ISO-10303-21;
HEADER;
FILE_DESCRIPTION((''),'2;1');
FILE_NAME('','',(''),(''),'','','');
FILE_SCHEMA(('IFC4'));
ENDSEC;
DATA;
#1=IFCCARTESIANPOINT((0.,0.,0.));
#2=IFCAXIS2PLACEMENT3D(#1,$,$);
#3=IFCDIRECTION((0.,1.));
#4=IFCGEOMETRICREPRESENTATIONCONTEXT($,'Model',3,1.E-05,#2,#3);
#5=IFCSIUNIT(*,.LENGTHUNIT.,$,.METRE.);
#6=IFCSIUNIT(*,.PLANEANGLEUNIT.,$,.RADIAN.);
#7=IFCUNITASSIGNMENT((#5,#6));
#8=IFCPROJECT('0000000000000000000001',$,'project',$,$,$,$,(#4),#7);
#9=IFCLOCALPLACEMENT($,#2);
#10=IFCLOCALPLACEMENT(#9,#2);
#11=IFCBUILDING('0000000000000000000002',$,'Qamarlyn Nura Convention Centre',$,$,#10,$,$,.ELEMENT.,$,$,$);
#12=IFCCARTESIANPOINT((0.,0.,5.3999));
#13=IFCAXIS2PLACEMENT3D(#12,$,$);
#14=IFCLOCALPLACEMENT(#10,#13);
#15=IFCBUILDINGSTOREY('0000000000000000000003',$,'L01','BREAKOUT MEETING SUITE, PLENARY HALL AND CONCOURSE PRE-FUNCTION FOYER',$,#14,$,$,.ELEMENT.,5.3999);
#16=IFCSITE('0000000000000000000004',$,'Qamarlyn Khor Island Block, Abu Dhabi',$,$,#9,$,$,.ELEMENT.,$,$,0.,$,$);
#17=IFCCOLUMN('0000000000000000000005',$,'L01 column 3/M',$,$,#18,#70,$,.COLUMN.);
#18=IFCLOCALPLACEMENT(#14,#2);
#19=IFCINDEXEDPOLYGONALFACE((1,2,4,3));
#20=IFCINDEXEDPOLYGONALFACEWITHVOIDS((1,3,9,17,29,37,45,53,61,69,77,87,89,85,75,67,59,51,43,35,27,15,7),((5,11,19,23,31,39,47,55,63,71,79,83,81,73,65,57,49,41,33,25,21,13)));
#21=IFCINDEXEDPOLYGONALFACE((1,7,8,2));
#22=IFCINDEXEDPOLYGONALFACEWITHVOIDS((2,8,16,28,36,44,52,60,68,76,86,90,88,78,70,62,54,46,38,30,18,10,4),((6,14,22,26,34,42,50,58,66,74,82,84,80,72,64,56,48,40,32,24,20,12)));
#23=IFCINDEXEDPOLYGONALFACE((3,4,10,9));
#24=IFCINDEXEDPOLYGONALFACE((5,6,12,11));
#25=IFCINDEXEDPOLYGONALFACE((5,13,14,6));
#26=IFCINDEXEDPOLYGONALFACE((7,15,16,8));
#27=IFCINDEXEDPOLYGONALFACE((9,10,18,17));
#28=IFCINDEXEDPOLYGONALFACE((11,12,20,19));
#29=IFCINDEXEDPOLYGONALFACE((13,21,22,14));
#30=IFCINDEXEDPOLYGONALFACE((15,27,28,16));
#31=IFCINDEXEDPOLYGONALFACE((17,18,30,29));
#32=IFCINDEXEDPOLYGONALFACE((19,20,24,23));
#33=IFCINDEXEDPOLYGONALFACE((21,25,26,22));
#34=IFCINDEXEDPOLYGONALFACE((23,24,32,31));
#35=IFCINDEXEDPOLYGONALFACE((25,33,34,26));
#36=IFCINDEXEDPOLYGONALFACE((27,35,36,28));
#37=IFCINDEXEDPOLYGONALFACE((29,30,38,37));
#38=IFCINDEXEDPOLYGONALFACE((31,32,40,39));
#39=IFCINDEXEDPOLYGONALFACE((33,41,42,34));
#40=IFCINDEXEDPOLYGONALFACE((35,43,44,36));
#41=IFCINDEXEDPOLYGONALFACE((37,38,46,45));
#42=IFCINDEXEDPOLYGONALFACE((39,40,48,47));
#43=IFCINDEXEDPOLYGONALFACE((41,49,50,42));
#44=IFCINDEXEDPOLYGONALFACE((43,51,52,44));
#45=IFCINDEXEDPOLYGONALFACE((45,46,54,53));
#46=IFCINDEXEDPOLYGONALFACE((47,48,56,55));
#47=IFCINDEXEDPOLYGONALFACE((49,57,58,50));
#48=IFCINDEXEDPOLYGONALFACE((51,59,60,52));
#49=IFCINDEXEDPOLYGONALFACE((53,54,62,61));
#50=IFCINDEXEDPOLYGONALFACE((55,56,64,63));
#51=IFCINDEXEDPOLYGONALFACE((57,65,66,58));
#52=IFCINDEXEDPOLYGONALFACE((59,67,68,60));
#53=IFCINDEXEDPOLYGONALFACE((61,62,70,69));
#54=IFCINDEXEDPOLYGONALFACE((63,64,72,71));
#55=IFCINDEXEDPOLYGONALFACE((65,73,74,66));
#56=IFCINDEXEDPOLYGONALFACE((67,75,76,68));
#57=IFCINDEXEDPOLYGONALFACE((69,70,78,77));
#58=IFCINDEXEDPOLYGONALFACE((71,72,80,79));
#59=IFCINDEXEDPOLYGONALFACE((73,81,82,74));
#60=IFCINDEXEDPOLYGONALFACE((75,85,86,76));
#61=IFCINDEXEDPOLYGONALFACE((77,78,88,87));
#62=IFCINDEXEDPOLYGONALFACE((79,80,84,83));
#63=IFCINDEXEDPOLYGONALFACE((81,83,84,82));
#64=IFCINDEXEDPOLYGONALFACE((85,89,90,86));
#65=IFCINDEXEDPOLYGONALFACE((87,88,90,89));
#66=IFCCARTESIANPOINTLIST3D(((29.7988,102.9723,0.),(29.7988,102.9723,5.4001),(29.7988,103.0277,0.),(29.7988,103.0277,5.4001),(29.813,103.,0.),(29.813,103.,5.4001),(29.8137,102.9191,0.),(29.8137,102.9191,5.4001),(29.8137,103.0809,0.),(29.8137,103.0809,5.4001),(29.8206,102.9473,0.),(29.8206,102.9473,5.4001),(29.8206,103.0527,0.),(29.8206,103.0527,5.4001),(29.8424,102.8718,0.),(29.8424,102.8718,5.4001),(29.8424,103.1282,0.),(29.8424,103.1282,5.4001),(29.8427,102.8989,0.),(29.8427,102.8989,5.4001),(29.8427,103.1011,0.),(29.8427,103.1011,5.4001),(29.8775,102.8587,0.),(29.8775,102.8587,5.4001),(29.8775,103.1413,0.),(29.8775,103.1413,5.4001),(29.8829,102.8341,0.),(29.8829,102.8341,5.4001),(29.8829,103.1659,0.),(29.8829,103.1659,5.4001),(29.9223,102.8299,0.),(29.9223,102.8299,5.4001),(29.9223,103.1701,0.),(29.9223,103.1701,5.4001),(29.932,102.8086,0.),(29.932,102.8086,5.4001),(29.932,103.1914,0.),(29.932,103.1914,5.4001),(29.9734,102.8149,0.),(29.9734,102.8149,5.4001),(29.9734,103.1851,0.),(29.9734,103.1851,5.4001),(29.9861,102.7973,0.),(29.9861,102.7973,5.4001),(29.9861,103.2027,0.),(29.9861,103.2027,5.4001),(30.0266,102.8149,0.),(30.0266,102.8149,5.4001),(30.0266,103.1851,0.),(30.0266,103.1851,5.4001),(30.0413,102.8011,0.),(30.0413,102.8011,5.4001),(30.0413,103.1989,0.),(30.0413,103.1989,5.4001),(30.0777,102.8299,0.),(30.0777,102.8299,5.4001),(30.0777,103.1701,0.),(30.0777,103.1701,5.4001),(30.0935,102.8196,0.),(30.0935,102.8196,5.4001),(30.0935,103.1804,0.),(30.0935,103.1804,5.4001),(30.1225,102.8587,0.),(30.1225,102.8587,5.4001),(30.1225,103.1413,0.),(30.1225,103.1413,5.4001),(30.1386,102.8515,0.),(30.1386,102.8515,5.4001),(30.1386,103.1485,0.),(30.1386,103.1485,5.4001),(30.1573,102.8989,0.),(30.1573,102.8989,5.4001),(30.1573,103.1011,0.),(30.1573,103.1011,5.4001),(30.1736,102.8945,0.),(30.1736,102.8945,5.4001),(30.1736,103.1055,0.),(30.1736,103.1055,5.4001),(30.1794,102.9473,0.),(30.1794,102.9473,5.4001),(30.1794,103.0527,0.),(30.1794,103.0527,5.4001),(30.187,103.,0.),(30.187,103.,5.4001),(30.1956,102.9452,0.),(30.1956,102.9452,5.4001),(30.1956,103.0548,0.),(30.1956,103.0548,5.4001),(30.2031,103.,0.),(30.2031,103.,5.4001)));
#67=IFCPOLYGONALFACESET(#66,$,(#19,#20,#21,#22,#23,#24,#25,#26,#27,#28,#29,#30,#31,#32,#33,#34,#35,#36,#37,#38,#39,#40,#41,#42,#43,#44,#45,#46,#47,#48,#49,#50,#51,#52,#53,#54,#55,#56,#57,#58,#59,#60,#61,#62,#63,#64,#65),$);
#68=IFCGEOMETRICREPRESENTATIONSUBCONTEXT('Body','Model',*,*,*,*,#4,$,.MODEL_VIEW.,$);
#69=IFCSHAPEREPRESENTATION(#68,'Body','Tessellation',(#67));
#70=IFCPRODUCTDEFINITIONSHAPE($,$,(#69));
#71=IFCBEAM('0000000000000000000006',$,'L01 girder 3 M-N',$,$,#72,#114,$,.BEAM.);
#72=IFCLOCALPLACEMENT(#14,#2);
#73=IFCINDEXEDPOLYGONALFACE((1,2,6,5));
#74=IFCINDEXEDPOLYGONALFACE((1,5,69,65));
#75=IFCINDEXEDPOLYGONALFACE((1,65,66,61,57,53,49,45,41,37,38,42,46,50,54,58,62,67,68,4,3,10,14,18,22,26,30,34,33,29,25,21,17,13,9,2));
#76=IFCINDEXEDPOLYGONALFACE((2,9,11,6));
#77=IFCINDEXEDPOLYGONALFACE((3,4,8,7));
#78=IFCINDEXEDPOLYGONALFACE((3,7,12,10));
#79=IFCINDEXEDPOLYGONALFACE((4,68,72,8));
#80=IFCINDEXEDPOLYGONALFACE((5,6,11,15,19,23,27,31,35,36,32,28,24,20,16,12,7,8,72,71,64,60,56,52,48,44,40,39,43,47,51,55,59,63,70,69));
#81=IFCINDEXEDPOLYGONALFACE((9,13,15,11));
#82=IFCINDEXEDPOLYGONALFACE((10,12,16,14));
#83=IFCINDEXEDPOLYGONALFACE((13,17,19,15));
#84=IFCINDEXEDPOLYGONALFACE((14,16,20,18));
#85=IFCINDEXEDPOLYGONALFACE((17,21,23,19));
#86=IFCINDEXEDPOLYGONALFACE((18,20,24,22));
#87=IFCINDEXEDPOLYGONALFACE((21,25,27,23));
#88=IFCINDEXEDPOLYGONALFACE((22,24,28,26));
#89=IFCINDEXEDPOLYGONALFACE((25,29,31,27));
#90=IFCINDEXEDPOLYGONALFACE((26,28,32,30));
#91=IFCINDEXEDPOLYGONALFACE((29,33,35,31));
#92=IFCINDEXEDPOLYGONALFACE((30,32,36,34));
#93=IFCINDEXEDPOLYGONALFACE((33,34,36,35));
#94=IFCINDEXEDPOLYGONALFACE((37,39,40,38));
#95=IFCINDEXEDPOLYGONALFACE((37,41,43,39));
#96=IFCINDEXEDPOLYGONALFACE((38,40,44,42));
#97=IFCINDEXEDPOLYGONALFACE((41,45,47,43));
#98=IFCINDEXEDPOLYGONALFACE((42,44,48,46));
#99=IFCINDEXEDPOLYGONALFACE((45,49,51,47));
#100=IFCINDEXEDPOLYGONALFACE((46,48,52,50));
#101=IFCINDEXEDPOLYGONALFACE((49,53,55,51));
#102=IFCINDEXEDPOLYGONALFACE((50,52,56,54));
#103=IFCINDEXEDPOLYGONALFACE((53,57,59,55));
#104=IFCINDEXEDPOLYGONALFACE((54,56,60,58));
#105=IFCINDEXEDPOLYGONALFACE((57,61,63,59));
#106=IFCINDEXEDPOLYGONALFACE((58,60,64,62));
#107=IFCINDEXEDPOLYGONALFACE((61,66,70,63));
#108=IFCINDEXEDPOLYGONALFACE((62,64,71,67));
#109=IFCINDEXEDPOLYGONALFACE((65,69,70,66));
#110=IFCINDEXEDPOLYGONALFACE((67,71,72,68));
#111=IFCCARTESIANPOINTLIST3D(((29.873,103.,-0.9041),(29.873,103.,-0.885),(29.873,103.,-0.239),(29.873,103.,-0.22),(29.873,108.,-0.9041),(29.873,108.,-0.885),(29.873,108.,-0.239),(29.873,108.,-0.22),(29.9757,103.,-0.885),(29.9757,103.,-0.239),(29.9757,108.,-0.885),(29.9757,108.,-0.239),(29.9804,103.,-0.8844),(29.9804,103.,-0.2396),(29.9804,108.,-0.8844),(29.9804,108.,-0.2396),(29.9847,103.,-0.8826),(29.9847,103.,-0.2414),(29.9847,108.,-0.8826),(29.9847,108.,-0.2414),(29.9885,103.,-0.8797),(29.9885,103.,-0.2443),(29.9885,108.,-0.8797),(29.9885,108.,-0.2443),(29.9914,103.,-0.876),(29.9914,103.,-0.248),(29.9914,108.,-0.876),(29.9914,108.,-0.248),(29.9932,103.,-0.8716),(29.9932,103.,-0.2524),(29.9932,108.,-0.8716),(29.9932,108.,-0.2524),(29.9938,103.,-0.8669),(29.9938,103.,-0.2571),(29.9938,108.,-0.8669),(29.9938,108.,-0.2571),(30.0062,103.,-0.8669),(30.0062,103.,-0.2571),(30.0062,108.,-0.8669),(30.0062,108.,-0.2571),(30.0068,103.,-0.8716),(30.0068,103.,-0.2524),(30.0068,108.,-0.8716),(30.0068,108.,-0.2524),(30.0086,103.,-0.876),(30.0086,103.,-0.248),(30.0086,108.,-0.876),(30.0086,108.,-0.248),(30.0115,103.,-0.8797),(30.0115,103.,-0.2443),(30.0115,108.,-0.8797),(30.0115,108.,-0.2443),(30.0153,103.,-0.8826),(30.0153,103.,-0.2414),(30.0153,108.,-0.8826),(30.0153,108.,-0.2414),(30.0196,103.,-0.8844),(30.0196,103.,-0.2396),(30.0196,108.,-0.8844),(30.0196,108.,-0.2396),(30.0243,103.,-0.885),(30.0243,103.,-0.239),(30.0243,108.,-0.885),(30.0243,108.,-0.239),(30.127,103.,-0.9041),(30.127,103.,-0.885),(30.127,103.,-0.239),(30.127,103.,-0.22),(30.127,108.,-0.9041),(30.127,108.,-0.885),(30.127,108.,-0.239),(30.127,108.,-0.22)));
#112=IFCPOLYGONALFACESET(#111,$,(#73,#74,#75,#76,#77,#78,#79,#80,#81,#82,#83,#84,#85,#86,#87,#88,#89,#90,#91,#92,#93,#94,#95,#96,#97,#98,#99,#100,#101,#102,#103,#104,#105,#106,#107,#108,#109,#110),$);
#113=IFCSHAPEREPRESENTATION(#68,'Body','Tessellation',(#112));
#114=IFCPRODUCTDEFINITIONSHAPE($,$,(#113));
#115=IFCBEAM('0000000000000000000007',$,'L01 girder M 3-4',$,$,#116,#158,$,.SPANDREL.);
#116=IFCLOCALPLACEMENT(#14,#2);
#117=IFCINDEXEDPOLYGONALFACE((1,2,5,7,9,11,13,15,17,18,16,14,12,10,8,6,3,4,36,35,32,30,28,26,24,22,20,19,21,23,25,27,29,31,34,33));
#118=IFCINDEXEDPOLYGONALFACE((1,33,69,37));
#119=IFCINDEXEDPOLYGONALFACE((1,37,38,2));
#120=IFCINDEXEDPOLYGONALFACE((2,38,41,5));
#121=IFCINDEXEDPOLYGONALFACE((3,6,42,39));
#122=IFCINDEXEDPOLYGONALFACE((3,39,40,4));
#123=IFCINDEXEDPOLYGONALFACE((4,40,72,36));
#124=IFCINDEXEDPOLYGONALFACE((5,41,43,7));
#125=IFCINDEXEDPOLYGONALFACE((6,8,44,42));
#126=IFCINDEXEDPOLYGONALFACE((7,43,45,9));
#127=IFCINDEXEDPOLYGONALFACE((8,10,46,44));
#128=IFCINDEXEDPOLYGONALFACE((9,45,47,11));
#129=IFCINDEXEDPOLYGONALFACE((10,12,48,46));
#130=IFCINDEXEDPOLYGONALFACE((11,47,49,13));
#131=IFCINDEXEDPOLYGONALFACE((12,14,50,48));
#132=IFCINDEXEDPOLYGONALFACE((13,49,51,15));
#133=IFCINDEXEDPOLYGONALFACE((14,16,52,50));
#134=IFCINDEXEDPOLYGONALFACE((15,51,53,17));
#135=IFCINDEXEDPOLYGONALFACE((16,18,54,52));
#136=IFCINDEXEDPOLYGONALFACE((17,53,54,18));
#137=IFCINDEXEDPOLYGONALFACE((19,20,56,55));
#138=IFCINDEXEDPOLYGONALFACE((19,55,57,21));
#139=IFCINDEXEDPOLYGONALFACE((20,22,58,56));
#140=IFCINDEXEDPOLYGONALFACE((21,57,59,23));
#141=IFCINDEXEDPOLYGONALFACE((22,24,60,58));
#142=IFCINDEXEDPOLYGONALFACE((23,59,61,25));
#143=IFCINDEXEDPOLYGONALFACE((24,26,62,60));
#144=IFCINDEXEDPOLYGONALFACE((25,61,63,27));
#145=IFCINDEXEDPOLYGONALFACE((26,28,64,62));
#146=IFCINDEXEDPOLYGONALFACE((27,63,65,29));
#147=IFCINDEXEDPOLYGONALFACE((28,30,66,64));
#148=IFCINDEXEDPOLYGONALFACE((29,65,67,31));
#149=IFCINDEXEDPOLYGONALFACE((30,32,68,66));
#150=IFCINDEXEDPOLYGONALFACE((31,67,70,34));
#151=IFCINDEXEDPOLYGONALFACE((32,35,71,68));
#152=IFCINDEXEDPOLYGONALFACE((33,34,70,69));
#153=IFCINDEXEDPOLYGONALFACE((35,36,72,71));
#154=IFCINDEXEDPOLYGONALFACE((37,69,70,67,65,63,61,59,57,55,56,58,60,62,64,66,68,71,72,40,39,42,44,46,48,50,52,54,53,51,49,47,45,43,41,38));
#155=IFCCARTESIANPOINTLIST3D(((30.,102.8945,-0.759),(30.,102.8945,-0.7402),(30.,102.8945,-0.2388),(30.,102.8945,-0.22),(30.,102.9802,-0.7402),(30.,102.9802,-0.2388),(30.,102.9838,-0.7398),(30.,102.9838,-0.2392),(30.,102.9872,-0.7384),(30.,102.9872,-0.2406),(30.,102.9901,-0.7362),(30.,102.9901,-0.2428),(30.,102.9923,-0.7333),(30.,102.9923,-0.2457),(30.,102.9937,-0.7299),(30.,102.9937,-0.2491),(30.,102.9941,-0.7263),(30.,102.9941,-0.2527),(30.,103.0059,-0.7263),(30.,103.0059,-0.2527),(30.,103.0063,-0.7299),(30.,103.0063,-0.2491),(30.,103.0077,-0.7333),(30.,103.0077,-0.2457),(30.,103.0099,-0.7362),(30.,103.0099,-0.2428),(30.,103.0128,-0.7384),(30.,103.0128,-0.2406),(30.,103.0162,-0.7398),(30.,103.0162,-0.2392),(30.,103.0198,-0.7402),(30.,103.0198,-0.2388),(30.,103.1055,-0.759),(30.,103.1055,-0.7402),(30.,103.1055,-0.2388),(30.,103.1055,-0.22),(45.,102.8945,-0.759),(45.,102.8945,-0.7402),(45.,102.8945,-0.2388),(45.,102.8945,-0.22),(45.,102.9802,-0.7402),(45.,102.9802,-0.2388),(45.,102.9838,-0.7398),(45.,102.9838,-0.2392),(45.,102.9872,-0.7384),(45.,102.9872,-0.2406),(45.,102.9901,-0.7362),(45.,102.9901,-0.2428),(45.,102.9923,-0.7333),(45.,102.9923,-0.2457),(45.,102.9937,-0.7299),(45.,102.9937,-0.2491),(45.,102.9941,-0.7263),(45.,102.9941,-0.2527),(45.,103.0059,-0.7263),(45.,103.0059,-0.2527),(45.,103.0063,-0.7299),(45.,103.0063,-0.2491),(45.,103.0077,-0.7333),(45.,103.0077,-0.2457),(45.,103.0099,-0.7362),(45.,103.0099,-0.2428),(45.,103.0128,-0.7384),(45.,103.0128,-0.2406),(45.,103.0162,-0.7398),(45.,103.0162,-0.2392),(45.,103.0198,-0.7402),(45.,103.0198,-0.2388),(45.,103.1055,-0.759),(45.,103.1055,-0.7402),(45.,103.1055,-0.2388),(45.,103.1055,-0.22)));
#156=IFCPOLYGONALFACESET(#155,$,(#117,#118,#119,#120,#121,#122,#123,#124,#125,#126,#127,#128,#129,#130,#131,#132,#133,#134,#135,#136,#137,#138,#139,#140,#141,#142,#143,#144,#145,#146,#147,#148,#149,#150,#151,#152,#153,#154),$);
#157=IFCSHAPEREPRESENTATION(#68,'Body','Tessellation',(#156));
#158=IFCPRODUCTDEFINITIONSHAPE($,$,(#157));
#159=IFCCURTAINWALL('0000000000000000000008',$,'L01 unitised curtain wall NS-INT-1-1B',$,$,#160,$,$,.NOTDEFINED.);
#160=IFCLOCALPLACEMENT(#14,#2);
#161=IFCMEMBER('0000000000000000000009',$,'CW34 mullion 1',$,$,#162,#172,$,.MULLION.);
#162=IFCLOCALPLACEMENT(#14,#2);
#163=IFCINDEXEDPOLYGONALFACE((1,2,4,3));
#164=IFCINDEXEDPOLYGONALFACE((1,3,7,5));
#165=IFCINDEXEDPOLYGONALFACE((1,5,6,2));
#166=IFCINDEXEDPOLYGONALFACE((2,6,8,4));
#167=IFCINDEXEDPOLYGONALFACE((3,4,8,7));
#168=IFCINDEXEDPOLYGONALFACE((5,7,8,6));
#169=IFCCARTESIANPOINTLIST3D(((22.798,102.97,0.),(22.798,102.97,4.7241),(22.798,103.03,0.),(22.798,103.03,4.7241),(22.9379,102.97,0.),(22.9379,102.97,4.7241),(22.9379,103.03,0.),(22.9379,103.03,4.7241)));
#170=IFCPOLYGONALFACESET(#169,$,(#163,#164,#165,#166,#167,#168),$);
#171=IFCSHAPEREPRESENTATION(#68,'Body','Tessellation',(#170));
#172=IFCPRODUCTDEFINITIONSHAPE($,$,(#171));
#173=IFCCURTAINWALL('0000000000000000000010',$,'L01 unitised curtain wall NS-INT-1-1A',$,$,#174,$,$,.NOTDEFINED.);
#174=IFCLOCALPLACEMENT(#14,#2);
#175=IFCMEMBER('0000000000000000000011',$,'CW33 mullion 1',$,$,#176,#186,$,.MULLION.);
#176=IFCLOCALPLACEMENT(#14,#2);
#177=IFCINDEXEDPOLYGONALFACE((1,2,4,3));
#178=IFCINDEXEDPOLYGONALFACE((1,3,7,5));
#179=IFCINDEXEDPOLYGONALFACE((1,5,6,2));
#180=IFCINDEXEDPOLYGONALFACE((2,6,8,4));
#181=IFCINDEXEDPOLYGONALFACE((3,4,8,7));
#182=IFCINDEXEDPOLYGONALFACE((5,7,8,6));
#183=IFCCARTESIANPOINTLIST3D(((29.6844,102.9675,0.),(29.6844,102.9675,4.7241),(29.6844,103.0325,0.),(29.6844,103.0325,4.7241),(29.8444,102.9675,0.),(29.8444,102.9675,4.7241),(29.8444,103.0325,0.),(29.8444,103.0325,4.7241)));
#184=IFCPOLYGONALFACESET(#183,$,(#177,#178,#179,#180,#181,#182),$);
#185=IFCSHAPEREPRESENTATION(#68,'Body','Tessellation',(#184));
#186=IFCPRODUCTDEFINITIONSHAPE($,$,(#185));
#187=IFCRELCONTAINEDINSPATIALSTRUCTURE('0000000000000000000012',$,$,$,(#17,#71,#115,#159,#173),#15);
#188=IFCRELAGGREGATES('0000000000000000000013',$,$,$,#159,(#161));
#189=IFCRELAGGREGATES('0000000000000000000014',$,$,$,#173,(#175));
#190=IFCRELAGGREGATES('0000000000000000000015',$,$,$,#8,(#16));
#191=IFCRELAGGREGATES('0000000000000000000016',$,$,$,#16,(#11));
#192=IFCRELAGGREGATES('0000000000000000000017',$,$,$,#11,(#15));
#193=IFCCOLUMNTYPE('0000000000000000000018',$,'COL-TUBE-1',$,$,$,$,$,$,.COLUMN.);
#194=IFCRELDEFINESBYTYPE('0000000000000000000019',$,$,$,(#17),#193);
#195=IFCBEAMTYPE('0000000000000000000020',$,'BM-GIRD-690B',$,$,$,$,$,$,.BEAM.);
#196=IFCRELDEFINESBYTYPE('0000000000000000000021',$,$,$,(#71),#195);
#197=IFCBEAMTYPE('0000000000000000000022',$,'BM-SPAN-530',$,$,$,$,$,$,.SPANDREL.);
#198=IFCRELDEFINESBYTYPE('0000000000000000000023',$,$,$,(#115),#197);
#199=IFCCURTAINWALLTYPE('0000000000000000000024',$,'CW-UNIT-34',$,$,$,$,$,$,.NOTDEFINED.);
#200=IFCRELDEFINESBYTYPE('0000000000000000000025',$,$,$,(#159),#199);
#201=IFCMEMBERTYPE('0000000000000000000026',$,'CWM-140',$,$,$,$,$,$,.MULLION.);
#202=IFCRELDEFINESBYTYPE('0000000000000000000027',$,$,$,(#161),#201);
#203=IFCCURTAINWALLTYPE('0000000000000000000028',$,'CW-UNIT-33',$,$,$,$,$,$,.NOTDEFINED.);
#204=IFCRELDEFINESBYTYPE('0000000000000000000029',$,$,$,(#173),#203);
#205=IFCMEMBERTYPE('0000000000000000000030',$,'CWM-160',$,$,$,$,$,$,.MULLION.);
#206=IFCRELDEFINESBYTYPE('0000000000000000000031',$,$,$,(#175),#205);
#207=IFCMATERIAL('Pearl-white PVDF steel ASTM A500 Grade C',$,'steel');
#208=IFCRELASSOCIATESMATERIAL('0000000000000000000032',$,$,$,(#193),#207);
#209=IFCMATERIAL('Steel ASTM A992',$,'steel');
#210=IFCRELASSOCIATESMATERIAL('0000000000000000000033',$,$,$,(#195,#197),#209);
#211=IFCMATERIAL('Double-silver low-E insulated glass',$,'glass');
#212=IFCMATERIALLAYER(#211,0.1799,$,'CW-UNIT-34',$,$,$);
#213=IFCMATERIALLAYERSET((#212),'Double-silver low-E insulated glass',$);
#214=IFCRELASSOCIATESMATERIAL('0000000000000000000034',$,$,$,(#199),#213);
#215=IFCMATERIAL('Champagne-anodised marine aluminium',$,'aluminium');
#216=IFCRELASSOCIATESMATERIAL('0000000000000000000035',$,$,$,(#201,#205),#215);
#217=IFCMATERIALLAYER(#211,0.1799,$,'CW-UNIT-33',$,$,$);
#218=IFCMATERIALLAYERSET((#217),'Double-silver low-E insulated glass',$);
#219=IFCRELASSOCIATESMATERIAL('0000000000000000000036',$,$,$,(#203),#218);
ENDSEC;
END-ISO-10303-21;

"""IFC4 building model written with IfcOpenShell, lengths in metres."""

from ifc_helpers import new_model, si_unit, direction, frame, origin, origin_2d, place, context, subcontext, project, spatial, rectangle, hollow_circle, i_section, extrude, material, layer, layer_set, material_profile, profile_set, type_object, element, aggregate, save


model = new_model("IFC4")

# Units and contexts
model_context = context("Model", 3, precision=1e-05, world=origin(), true_north=direction((0.0, 1.0)))
body_context = subcontext(model_context, "Body", "Model", "MODEL_VIEW")
ifc_project = project(units=[si_unit("LENGTHUNIT", "METRE"), si_unit("PLANEANGLEUNIT", "RADIAN")], contexts=[model_context])

# Site, building, storey
site_placement = place(None, origin())
site = spatial("IfcSite", under=ifc_project, at=site_placement, Name="Qamarlyn Khor Island Block, Abu Dhabi", CompositionType="ELEMENT", RefElevation=0.0)
building_placement = place(site_placement, origin())
building = spatial("IfcBuilding", under=site, at=building_placement, Name="Qamarlyn Nura Convention Centre", CompositionType="ELEMENT")
storey_placement = place(building_placement, frame((0.0, 0.0, 5.3999)))
storey = spatial("IfcBuildingStorey", under=building, at=storey_placement, Name="L01", Description="BREAKOUT MEETING SUITE, PLENARY HALL AND CONCOURSE PRE-FUNCTION FOYER", CompositionType="ELEMENT", Elevation=5.3999)

# Column
ifc_material_1 = material(Name="Pearl-white PVDF steel ASTM A500 Grade C", Category="steel")
ifc_material_profile_1 = material_profile(ifc_material_1, hollow_circle(Radius=0.2031, WallThickness=0.0161, at=origin_2d()), Name="CHS406.4X16")
ifc_profile_set_1 = profile_set([ifc_material_profile_1], Name="Pearl-white PVDF steel ASTM A500 Grade C")
column_type = type_object("IfcColumnType", Name="COL-TUBE-1", PredefinedType="COLUMN", material=ifc_profile_set_1)
column_placement = place(storey_placement, frame((30.0, 103.0, 0.0), z_axis=(0.0, 0.0, 1.0), x_axis=(1.0, 0.0, 0.0)))
element("IfcColumn", 1, at=column_placement, inside=storey, type_object=column_type, Name="L01 column 3/M", PredefinedType="COLUMN", context=body_context, shape_type="SweptSolid", body=[
    extrude(hollow_circle(Radius=0.2031, WallThickness=0.0161, at=origin_2d()), origin(), (0.0, 0.0, 1.0), 5.4001),
])

# Beams
ifc_material_2 = material(Name="Steel ASTM A992", Category="steel")
ifc_material_profile_2 = material_profile(ifc_material_2, i_section(OverallWidth=0.2539, OverallDepth=0.6841, WebThickness=0.0125, FlangeThickness=0.019, FilletRadius=0.0181, at=origin_2d()), Name="W690X140")
ifc_profile_set_2 = profile_set([ifc_material_profile_2], Name="Steel ASTM A992")
beam_type_1 = type_object("IfcBeamType", Name="BM-GIRD-690B", PredefinedType="BEAM", material=ifc_profile_set_2)
beam_1_placement = place(storey_placement, frame((30.0, 103.0, -0.562), z_axis=(0.0, 1.0, 0.0), x_axis=(-1.0, 0.0, 0.0)))
element("IfcBeam", 2, at=beam_1_placement, inside=storey, type_object=beam_type_1, Name="L01 girder 3 M-N", PredefinedType="BEAM", context=body_context, shape_type="SweptSolid", body=[
    extrude(i_section(OverallWidth=0.2539, OverallDepth=0.6841, WebThickness=0.0125, FlangeThickness=0.019, FilletRadius=0.0181, at=origin_2d()), origin(), (0.0, 0.0, 1.0), 5.0),
])
ifc_material_profile_3 = material_profile(ifc_material_2, i_section(OverallWidth=0.2109, OverallDepth=0.5391, WebThickness=0.0117, FlangeThickness=0.0188, FilletRadius=0.0139, at=origin_2d()), Name="W530X109")
ifc_profile_set_3 = profile_set([ifc_material_profile_3], Name="Steel ASTM A992")
beam_type_2 = type_object("IfcBeamType", Name="BM-SPAN-530", PredefinedType="SPANDREL", material=ifc_profile_set_3)
beam_2_placement = place(storey_placement, frame((30.0, 103.0, -0.4895), z_axis=(1.0, 0.0, 0.0), x_axis=(0.0, 1.0, 0.0)))
element("IfcBeam", 3, at=beam_2_placement, inside=storey, type_object=beam_type_2, Name="L01 girder M 3-4", PredefinedType="SPANDREL", context=body_context, shape_type="SweptSolid", body=[
    extrude(i_section(OverallWidth=0.2109, OverallDepth=0.5391, WebThickness=0.0117, FlangeThickness=0.0188, FilletRadius=0.0139, at=origin_2d()), origin(), (0.0, 0.0, 1.0), 15.0),
])

# Curtain wall, member
ifc_material_3 = material(Name="Double-silver low-E insulated glass", Category="glass")
ifc_layer_1 = layer(ifc_material_3, 0.1799, Name="CW-UNIT-34")
ifc_layer_set_1 = layer_set([ifc_layer_1], Name="Double-silver low-E insulated glass")
curtain_wall_type_1 = type_object("IfcCurtainWallType", Name="CW-UNIT-34", PredefinedType="NOTDEFINED", material=ifc_layer_set_1)
curtain_wall_1_placement = place(storey_placement, origin())
curtain_wall_1 = element("IfcCurtainWall", 4, at=curtain_wall_1_placement, inside=storey, type_object=curtain_wall_type_1, Name="L01 unitised curtain wall NS-INT-1-1B", PredefinedType="NOTDEFINED")
ifc_material_4 = material(Name="Champagne-anodised marine aluminium", Category="aluminium")
ifc_material_profile_4 = material_profile(ifc_material_4, rectangle(XDim=0.0601, YDim=0.1399, at=origin_2d()), Name="ALU MULLION 60x140")
ifc_profile_set_4 = profile_set([ifc_material_profile_4], Name="Champagne-anodised marine aluminium")
member_type_1 = type_object("IfcMemberType", Name="CWM-140", PredefinedType="MULLION", material=ifc_profile_set_4)
member_1_placement = place(storey_placement, frame((22.8679, 103.0, 0.0), z_axis=(0.0, 0.0, 1.0), x_axis=(0.0, -1.0, 0.0)))
member_1 = element("IfcMember", 5, at=member_1_placement, type_object=member_type_1, Name="CW34 mullion 1", PredefinedType="MULLION", context=body_context, shape_type="SweptSolid", body=[
    extrude(rectangle(XDim=0.0601, YDim=0.1399, at=origin_2d()), origin(), (0.0, 0.0, 1.0), 4.7241),
])
aggregate(curtain_wall_1, [member_1])

# Curtain wall, member
ifc_layer_2 = layer(ifc_material_3, 0.1799, Name="CW-UNIT-33")
ifc_layer_set_2 = layer_set([ifc_layer_2], Name="Double-silver low-E insulated glass")
curtain_wall_type_2 = type_object("IfcCurtainWallType", Name="CW-UNIT-33", PredefinedType="NOTDEFINED", material=ifc_layer_set_2)
curtain_wall_2_placement = place(storey_placement, origin())
curtain_wall_2 = element("IfcCurtainWall", 6, at=curtain_wall_2_placement, inside=storey, type_object=curtain_wall_type_2, Name="L01 unitised curtain wall NS-INT-1-1A", PredefinedType="NOTDEFINED")
ifc_material_profile_5 = material_profile(ifc_material_4, rectangle(XDim=0.0649, YDim=0.1599, at=origin_2d()), Name="ALU MULLION 65x160")
ifc_profile_set_5 = profile_set([ifc_material_profile_5], Name="Champagne-anodised marine aluminium")
member_type_2 = type_object("IfcMemberType", Name="CWM-160", PredefinedType="MULLION", material=ifc_profile_set_5)
member_2_placement = place(storey_placement, frame((29.7644, 103.0, 0.0), z_axis=(0.0, 0.0, 1.0), x_axis=(0.0, -1.0, 0.0)))
member_2 = element("IfcMember", 7, at=member_2_placement, type_object=member_type_2, Name="CW33 mullion 1", PredefinedType="MULLION", context=body_context, shape_type="SweptSolid", body=[
    extrude(rectangle(XDim=0.0649, YDim=0.1599, at=origin_2d()), origin(), (0.0, 0.0, 1.0), 4.7241),
])

aggregate(curtain_wall_2, [member_2])

save(model, "model.ifc")
